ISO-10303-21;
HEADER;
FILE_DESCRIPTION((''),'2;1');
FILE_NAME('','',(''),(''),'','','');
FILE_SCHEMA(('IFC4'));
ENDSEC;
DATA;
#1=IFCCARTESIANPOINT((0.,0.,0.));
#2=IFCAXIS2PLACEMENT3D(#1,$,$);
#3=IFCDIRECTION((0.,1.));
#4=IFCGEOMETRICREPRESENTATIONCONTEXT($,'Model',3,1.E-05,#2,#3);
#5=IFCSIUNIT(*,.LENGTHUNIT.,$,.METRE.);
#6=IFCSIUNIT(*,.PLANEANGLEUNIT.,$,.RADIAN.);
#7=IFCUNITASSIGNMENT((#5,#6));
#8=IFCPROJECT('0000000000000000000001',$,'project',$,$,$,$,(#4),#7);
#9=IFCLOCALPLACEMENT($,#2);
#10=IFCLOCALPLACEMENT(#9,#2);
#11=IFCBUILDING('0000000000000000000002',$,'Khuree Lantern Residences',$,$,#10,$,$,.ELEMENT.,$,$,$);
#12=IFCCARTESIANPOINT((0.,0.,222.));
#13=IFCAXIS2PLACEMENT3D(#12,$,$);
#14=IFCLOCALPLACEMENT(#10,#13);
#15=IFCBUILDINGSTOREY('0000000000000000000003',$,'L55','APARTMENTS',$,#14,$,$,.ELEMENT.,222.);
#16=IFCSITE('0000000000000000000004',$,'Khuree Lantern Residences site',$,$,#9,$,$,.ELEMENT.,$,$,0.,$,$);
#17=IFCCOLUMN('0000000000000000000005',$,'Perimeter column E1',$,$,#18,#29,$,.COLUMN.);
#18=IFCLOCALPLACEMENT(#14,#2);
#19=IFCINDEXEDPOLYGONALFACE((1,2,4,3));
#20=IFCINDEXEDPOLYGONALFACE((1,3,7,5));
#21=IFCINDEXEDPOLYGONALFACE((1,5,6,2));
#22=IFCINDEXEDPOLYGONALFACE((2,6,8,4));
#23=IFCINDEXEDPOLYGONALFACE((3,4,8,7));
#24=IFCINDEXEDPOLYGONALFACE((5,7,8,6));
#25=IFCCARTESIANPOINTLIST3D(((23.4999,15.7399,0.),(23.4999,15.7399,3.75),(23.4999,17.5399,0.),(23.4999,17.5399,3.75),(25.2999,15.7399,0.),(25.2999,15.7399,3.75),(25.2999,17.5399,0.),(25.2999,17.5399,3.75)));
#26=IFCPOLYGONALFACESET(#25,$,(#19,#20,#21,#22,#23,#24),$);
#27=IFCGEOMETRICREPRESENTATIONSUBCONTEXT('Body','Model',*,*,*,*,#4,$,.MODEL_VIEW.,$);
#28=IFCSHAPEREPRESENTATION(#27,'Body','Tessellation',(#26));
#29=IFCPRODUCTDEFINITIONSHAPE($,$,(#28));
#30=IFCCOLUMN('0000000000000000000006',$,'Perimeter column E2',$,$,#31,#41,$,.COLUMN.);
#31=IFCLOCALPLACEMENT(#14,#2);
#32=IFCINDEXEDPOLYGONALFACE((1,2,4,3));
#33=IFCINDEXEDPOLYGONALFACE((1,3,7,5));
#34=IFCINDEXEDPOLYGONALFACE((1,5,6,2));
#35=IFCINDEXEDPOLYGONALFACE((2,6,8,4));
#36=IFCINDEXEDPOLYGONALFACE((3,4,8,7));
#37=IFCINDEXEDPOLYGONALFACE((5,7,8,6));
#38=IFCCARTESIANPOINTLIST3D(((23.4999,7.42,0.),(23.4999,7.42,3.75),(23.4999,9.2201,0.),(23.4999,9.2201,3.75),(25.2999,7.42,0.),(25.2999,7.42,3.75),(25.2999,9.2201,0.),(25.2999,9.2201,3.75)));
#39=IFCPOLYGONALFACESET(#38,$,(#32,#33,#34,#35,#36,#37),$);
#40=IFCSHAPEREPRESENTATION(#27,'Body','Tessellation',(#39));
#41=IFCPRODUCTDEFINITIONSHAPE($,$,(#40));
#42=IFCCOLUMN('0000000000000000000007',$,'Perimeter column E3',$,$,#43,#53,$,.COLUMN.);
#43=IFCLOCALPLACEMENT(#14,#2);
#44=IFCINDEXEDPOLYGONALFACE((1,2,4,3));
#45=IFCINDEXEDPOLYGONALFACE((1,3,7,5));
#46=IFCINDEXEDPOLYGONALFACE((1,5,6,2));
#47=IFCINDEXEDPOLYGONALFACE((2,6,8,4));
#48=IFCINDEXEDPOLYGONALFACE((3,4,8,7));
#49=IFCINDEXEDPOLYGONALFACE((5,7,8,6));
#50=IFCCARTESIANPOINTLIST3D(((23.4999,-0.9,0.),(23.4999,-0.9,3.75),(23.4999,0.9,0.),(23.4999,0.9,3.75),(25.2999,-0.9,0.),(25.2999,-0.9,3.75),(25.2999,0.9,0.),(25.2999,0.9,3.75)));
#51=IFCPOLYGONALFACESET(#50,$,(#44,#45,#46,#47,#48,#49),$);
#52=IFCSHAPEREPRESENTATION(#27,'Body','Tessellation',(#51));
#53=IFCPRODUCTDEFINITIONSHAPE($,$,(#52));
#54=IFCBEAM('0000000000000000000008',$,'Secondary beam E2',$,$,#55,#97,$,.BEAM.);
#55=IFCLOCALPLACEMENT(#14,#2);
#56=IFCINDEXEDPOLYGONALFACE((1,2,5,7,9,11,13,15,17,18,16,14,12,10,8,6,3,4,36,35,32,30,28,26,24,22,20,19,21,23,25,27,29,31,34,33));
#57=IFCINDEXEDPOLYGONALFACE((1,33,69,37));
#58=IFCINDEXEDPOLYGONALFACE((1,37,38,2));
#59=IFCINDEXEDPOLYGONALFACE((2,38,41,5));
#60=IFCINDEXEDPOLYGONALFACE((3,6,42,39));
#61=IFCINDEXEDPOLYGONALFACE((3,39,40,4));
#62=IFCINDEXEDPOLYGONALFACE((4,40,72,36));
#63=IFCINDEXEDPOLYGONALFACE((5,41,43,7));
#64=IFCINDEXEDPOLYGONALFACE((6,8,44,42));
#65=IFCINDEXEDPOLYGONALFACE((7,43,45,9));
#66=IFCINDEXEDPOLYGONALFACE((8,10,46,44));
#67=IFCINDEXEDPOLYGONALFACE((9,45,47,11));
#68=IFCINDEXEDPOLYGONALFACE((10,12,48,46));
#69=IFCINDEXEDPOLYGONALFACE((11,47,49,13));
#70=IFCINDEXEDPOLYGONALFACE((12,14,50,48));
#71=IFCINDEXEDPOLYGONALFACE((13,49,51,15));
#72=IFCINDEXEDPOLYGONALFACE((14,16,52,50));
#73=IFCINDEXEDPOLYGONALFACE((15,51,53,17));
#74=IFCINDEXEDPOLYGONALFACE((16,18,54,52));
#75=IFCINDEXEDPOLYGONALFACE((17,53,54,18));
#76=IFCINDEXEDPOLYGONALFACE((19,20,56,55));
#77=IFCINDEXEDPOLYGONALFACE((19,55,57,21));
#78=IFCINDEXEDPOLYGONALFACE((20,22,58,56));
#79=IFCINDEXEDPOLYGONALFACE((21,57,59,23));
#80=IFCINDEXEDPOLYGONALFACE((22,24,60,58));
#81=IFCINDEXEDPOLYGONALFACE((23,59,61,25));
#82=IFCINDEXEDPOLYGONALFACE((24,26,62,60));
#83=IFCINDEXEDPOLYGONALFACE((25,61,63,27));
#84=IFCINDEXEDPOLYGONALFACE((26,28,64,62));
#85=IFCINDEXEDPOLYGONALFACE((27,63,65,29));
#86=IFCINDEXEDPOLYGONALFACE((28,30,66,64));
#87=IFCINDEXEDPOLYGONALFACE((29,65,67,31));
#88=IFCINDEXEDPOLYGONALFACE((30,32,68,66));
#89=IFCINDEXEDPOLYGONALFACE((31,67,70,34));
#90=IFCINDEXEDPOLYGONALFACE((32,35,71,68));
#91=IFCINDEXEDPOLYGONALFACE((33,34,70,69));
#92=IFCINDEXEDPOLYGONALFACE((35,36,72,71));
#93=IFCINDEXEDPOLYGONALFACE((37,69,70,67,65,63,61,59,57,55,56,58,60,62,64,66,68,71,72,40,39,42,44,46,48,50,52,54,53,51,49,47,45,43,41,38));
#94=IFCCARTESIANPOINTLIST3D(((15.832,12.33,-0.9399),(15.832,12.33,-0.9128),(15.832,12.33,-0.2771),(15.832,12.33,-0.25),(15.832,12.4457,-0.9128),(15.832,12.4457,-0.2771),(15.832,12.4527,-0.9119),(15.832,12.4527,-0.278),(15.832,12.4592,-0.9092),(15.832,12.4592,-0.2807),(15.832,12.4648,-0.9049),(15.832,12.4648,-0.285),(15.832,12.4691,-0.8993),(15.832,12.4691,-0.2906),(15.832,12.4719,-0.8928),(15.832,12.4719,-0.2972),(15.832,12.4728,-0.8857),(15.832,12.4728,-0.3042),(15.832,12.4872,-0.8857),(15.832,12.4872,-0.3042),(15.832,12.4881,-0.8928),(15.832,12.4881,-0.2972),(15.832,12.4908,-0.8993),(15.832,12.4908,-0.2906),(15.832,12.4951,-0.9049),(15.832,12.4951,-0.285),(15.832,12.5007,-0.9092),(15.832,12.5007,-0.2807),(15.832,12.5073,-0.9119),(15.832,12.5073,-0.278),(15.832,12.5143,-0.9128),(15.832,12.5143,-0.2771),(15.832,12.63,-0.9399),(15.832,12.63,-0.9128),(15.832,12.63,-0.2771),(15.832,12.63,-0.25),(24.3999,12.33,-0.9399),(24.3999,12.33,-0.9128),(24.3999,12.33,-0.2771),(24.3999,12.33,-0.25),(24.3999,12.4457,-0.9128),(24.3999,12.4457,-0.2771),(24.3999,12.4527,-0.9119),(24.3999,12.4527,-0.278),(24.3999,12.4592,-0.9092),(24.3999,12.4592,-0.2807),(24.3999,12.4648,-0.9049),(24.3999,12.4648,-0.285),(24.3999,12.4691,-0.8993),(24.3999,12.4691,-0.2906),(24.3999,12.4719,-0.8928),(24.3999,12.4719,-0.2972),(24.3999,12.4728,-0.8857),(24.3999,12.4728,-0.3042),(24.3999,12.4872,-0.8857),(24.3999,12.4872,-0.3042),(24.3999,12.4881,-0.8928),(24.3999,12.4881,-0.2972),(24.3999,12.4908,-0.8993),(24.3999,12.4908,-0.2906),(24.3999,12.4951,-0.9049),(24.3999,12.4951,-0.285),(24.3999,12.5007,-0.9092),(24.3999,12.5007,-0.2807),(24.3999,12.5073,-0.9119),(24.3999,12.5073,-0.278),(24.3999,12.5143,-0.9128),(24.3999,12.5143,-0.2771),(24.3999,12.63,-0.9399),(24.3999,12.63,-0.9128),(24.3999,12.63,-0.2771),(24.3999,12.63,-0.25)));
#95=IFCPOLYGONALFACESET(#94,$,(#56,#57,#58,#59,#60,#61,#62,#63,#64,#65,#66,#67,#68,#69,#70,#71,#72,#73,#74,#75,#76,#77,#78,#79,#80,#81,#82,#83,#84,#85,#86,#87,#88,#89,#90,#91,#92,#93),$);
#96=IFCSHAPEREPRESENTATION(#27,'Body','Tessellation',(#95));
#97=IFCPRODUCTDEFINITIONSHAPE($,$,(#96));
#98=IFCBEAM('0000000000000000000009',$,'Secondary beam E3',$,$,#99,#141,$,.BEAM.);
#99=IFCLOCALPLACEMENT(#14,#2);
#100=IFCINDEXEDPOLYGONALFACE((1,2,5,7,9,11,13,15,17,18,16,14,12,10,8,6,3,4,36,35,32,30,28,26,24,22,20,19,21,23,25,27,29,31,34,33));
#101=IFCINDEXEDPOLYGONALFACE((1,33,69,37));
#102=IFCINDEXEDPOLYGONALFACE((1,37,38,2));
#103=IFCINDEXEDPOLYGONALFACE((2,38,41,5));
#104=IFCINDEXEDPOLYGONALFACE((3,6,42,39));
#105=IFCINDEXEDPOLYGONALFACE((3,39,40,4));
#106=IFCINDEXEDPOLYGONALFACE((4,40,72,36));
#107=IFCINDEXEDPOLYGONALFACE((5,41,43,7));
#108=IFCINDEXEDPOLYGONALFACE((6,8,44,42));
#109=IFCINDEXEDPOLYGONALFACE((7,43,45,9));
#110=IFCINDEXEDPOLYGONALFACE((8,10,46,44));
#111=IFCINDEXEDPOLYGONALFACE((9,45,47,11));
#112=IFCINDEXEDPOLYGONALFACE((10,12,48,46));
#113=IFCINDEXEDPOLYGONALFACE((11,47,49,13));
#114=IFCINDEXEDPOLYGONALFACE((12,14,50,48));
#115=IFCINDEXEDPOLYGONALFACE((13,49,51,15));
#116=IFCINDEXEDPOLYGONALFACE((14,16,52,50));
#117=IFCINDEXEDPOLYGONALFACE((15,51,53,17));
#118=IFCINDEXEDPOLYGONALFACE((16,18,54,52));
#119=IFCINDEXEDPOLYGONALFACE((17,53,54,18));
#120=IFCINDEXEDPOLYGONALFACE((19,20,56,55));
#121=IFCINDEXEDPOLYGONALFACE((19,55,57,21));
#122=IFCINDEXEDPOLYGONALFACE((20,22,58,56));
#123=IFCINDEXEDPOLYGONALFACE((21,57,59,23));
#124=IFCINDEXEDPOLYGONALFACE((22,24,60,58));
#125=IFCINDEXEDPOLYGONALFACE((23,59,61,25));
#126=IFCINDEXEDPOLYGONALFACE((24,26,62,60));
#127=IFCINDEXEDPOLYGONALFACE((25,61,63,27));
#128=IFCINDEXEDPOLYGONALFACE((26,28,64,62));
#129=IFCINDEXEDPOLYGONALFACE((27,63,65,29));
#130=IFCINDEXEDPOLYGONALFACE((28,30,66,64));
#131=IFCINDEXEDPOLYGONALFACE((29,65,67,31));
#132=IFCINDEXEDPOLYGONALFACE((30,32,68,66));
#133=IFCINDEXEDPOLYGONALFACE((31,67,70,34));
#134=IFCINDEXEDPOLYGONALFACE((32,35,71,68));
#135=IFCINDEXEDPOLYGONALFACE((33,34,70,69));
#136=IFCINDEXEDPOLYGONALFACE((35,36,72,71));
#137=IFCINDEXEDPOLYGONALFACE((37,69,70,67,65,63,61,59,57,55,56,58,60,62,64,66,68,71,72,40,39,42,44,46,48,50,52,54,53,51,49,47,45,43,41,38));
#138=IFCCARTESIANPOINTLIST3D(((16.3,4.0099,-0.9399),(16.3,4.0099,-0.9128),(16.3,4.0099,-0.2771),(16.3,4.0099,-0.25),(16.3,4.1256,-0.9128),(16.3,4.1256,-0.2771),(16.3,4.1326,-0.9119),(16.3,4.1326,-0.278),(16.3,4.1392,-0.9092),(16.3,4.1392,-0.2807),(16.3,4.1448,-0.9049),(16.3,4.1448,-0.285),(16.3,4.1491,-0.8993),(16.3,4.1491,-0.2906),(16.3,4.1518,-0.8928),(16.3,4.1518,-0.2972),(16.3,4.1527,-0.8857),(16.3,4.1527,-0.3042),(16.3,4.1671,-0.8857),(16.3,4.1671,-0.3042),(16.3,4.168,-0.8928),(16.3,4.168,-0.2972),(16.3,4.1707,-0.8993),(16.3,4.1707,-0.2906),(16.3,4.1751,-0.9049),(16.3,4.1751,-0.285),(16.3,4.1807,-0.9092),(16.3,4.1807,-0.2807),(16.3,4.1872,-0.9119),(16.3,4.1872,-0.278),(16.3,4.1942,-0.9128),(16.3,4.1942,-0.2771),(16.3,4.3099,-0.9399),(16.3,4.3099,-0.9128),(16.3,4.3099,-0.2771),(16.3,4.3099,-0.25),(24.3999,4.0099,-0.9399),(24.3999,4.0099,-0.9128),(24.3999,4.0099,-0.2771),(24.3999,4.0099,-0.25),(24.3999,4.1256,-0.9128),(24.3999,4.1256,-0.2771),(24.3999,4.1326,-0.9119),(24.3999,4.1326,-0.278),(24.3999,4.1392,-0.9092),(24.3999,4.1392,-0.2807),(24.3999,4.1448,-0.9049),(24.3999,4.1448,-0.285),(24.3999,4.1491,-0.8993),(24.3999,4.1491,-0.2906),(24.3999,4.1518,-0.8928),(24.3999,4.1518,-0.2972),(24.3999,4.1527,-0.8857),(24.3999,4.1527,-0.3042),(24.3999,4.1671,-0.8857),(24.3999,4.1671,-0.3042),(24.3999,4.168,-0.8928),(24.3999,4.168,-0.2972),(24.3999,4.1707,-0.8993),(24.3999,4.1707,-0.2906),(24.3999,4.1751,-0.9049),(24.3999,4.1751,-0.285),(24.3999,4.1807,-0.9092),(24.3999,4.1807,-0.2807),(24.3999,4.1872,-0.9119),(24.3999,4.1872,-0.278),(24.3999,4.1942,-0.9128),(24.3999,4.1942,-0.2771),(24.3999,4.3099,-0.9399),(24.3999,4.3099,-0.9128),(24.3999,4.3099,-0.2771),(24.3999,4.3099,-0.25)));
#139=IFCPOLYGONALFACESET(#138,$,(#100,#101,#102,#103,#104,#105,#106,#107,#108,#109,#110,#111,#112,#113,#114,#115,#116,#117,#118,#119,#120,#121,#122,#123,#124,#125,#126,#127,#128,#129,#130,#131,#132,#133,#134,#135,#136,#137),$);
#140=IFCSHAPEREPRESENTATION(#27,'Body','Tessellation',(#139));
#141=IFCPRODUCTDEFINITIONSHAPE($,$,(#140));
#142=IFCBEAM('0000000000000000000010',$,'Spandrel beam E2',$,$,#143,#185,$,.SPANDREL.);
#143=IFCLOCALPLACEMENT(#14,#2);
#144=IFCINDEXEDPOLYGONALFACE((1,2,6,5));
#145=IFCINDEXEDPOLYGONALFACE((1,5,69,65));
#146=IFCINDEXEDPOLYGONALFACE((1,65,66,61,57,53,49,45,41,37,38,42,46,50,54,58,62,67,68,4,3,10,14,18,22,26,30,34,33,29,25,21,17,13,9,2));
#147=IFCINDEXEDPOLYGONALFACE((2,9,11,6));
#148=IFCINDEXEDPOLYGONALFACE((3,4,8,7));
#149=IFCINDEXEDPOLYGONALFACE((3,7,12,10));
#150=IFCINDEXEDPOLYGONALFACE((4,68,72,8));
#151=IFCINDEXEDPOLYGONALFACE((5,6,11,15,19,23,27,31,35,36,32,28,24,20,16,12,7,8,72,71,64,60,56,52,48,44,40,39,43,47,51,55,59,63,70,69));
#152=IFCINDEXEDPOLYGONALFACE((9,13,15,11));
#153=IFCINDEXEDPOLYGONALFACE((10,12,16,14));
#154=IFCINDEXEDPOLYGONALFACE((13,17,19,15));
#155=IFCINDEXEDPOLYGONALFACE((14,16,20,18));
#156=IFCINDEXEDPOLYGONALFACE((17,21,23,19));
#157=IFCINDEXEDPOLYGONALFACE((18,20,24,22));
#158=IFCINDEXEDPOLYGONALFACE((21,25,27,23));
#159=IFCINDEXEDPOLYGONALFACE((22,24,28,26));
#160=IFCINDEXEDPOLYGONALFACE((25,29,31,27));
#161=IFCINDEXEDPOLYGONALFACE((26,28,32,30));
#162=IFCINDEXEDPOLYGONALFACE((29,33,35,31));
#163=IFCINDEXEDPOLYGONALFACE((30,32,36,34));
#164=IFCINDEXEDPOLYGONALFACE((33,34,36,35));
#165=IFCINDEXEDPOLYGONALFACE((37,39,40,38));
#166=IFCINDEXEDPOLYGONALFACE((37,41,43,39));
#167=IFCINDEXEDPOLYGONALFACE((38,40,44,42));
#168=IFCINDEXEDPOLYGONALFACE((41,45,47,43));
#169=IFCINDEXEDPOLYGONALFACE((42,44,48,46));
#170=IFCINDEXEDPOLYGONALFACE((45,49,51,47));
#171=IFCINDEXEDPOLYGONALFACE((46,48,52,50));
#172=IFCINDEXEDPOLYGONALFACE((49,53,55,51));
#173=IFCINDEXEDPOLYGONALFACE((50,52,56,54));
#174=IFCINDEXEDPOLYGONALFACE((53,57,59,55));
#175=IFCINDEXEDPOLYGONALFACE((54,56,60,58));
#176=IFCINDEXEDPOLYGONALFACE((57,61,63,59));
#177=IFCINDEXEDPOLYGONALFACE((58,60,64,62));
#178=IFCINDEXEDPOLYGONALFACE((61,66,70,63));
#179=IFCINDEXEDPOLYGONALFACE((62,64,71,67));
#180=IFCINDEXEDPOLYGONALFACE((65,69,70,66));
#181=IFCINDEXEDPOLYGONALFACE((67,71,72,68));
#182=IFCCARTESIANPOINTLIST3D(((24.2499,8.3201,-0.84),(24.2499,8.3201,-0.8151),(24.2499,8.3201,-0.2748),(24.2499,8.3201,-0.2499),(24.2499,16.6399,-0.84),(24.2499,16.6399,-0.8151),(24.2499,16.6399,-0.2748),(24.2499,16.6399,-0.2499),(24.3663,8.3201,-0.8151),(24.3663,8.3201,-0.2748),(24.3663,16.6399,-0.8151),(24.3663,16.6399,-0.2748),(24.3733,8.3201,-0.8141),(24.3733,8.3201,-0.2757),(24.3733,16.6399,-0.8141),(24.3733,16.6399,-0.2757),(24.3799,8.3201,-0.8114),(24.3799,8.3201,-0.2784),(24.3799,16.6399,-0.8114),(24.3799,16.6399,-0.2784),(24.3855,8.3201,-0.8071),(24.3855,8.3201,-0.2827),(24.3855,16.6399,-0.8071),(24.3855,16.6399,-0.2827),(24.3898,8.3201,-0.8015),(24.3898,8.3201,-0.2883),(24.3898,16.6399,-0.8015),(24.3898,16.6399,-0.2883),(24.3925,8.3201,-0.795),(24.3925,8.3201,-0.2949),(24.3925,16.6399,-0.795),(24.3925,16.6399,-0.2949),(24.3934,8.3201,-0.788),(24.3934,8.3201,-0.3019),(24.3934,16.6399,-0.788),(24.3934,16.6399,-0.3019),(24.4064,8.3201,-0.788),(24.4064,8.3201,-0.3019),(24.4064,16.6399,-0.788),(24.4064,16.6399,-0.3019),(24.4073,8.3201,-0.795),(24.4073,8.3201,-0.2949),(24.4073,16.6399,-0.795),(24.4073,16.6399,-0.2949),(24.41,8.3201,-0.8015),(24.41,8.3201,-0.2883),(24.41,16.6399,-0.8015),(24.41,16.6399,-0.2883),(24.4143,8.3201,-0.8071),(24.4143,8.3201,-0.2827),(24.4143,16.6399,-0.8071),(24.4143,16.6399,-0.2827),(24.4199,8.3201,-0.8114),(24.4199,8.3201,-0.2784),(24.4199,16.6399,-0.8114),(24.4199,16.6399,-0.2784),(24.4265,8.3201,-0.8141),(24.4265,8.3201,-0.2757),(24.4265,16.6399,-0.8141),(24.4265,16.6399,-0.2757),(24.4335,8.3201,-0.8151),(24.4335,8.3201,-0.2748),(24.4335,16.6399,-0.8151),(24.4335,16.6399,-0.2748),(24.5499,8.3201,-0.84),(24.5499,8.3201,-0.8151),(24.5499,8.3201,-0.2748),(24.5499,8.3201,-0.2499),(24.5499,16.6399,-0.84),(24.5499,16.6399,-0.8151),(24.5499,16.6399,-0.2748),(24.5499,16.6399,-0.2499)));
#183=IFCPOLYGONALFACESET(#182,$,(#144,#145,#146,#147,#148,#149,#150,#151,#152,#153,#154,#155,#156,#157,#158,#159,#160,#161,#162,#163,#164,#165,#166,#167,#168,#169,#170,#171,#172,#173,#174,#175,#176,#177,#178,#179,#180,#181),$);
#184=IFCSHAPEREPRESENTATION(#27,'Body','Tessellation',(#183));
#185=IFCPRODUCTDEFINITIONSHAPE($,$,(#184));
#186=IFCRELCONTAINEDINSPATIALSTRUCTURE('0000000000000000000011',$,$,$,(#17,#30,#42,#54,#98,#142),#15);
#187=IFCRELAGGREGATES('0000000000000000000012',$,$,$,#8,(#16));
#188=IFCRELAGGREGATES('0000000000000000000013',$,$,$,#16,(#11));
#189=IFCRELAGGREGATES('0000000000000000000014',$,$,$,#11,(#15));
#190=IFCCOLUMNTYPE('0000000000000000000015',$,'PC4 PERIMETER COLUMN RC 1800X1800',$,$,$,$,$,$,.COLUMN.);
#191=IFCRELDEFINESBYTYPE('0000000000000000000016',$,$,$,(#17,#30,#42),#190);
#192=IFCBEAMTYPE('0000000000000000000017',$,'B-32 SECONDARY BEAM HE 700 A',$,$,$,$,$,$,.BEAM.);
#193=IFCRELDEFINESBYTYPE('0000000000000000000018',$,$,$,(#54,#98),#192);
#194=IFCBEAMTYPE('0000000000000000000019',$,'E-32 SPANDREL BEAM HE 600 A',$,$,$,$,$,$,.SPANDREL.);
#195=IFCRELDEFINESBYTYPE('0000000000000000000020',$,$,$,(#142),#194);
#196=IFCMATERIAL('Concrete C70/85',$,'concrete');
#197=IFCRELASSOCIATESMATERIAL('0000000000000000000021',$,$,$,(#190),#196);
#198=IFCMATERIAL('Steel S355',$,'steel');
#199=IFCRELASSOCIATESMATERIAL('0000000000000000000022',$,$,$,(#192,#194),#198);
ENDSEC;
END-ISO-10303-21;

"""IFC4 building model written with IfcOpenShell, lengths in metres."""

from ifc_helpers import new_model, si_unit, direction, frame, origin, origin_2d, place, context, subcontext, project, spatial, rectangle, i_section, extrude, material, material_profile, profile_set, type_object, element, save


model = new_model("IFC4")

# Units and contexts
model_context = context("Model", 3, precision=1e-05, world=origin(), true_north=direction((0.0, 1.0)))
body_context = subcontext(model_context, "Body", "Model", "MODEL_VIEW")
ifc_project = project(units=[si_unit("LENGTHUNIT", "METRE"), si_unit("PLANEANGLEUNIT", "RADIAN")], contexts=[model_context])

# Site, building, storey
site_placement = place(None, origin())
site = spatial("IfcSite", under=ifc_project, at=site_placement, Name="Khuree Lantern Residences site", CompositionType="ELEMENT", RefElevation=0.0)
building_placement = place(site_placement, origin())
building = spatial("IfcBuilding", under=site, at=building_placement, Name="Khuree Lantern Residences", CompositionType="ELEMENT")
storey_placement = place(building_placement, frame((0.0, 0.0, 222.0)))
storey = spatial("IfcBuildingStorey", under=building, at=storey_placement, Name="L55", Description="APARTMENTS", CompositionType="ELEMENT", Elevation=222.0)

# Columns
ifc_material_1 = material(Name="Concrete C70/85", Category="concrete")
ifc_material_profile_1 = material_profile(ifc_material_1, rectangle(XDim=1.8, YDim=1.8, at=origin_2d()), Name="RC 1800X1800")
ifc_profile_set_1 = profile_set([ifc_material_profile_1], Name="Concrete C70/85")
column_type = type_object("IfcColumnType", Name="PC4 PERIMETER COLUMN RC 1800X1800", PredefinedType="COLUMN", material=ifc_profile_set_1)
for number, where, z_axis, x_axis, name in (
    (1, (24.3999, 16.6399, 0.0), (0.0, 0.0, 1.0), (0.0, 1.0, 0.0), "Perimeter column E1"),
    (2, (24.3999, 8.3201, 0.0), (0.0, 0.0, 1.0), (0.0, 1.0, 0.0), "Perimeter column E2"),
    (3, (24.3999, 0.0, 0.0), (0.0, 0.0, 1.0), (0.0, 1.0, 0.0), "Perimeter column E3"),
):
    element("IfcColumn", number, at=place(storey_placement, frame(where, z_axis=z_axis, x_axis=x_axis)), inside=storey, type_object=column_type, Name=name, PredefinedType="COLUMN", context=body_context, shape_type="SweptSolid", body=[
        extrude(rectangle(XDim=1.8, YDim=1.8, at=origin_2d()), origin(), (0.0, 0.0, 1.0), 3.75),
    ])

# Beams
ifc_material_2 = material(Name="Steel S355", Category="steel")
ifc_material_profile_2 = material_profile(ifc_material_2, i_section(OverallWidth=0.3, OverallDepth=0.6899, WebThickness=0.0144, FlangeThickness=0.0271, FilletRadius=0.0271, at=origin_2d()), Name="HE 700 A")
ifc_profile_set_2 = profile_set([ifc_material_profile_2], Name="Steel S355")
beam_type_1 = type_object("IfcBeamType", Name="B-32 SECONDARY BEAM HE 700 A", PredefinedType="BEAM", material=ifc_profile_set_2)
beam_1_placement = place(storey_placement, frame((24.3999, 12.48, -0.595), z_axis=(-1.0, 0.0, 0.0), x_axis=(0.0, -1.0, 0.0)))
element("IfcBeam", 4, at=beam_1_placement, inside=storey, type_object=beam_type_1, Name="Secondary beam E2", PredefinedType="BEAM", context=body_context, shape_type="SweptSolid", body=[
    extrude(i_section(OverallWidth=0.3, OverallDepth=0.6899, WebThickness=0.0144, FlangeThickness=0.0271, FilletRadius=0.0271, at=origin_2d()), origin(), (0.0, 0.0, 1.0), 8.5679),
])
beam_2_placement = place(storey_placement, frame((24.3999, 4.1599, -0.595), z_axis=(-1.0, 0.0, 0.0), x_axis=(0.0, -1.0, 0.0)))
element("IfcBeam", 5, at=beam_2_placement, inside=storey, type_object=beam_type_1, Name="Secondary beam E3", PredefinedType="BEAM", context=body_context, shape_type="SweptSolid", body=[
    extrude(i_section(OverallWidth=0.3, OverallDepth=0.6899, WebThickness=0.0144, FlangeThickness=0.0271, FilletRadius=0.0271, at=origin_2d()), origin(), (0.0, 0.0, 1.0), 8.0999),
])
ifc_material_profile_3 = material_profile(ifc_material_2, i_section(OverallWidth=0.3, OverallDepth=0.5901, WebThickness=0.0129, FlangeThickness=0.0249, FilletRadius=0.0271, at=origin_2d()), Name="HE 600 A")
ifc_profile_set_3 = profile_set([ifc_material_profile_3], Name="Steel S355")
beam_type_2 = type_object("IfcBeamType", Name="E-32 SPANDREL BEAM HE 600 A", PredefinedType="SPANDREL", material=ifc_profile_set_3)
beam_3_placement = place(storey_placement, frame((24.3999, 16.6399, -0.5449), z_axis=(0.0, -1.0, 0.0), x_axis=(1.0, 0.0, 0.0)))
element("IfcBeam", 6, at=beam_3_placement, inside=storey, type_object=beam_type_2, Name="Spandrel beam E2", PredefinedType="SPANDREL", context=body_context, shape_type="SweptSolid", body=[
    extrude(i_section(OverallWidth=0.3, OverallDepth=0.5901, WebThickness=0.0129, FlangeThickness=0.0249, FilletRadius=0.0271, at=origin_2d()), origin(), (0.0, 0.0, 1.0), 8.3198),
])

save(model, "model.ifc")
